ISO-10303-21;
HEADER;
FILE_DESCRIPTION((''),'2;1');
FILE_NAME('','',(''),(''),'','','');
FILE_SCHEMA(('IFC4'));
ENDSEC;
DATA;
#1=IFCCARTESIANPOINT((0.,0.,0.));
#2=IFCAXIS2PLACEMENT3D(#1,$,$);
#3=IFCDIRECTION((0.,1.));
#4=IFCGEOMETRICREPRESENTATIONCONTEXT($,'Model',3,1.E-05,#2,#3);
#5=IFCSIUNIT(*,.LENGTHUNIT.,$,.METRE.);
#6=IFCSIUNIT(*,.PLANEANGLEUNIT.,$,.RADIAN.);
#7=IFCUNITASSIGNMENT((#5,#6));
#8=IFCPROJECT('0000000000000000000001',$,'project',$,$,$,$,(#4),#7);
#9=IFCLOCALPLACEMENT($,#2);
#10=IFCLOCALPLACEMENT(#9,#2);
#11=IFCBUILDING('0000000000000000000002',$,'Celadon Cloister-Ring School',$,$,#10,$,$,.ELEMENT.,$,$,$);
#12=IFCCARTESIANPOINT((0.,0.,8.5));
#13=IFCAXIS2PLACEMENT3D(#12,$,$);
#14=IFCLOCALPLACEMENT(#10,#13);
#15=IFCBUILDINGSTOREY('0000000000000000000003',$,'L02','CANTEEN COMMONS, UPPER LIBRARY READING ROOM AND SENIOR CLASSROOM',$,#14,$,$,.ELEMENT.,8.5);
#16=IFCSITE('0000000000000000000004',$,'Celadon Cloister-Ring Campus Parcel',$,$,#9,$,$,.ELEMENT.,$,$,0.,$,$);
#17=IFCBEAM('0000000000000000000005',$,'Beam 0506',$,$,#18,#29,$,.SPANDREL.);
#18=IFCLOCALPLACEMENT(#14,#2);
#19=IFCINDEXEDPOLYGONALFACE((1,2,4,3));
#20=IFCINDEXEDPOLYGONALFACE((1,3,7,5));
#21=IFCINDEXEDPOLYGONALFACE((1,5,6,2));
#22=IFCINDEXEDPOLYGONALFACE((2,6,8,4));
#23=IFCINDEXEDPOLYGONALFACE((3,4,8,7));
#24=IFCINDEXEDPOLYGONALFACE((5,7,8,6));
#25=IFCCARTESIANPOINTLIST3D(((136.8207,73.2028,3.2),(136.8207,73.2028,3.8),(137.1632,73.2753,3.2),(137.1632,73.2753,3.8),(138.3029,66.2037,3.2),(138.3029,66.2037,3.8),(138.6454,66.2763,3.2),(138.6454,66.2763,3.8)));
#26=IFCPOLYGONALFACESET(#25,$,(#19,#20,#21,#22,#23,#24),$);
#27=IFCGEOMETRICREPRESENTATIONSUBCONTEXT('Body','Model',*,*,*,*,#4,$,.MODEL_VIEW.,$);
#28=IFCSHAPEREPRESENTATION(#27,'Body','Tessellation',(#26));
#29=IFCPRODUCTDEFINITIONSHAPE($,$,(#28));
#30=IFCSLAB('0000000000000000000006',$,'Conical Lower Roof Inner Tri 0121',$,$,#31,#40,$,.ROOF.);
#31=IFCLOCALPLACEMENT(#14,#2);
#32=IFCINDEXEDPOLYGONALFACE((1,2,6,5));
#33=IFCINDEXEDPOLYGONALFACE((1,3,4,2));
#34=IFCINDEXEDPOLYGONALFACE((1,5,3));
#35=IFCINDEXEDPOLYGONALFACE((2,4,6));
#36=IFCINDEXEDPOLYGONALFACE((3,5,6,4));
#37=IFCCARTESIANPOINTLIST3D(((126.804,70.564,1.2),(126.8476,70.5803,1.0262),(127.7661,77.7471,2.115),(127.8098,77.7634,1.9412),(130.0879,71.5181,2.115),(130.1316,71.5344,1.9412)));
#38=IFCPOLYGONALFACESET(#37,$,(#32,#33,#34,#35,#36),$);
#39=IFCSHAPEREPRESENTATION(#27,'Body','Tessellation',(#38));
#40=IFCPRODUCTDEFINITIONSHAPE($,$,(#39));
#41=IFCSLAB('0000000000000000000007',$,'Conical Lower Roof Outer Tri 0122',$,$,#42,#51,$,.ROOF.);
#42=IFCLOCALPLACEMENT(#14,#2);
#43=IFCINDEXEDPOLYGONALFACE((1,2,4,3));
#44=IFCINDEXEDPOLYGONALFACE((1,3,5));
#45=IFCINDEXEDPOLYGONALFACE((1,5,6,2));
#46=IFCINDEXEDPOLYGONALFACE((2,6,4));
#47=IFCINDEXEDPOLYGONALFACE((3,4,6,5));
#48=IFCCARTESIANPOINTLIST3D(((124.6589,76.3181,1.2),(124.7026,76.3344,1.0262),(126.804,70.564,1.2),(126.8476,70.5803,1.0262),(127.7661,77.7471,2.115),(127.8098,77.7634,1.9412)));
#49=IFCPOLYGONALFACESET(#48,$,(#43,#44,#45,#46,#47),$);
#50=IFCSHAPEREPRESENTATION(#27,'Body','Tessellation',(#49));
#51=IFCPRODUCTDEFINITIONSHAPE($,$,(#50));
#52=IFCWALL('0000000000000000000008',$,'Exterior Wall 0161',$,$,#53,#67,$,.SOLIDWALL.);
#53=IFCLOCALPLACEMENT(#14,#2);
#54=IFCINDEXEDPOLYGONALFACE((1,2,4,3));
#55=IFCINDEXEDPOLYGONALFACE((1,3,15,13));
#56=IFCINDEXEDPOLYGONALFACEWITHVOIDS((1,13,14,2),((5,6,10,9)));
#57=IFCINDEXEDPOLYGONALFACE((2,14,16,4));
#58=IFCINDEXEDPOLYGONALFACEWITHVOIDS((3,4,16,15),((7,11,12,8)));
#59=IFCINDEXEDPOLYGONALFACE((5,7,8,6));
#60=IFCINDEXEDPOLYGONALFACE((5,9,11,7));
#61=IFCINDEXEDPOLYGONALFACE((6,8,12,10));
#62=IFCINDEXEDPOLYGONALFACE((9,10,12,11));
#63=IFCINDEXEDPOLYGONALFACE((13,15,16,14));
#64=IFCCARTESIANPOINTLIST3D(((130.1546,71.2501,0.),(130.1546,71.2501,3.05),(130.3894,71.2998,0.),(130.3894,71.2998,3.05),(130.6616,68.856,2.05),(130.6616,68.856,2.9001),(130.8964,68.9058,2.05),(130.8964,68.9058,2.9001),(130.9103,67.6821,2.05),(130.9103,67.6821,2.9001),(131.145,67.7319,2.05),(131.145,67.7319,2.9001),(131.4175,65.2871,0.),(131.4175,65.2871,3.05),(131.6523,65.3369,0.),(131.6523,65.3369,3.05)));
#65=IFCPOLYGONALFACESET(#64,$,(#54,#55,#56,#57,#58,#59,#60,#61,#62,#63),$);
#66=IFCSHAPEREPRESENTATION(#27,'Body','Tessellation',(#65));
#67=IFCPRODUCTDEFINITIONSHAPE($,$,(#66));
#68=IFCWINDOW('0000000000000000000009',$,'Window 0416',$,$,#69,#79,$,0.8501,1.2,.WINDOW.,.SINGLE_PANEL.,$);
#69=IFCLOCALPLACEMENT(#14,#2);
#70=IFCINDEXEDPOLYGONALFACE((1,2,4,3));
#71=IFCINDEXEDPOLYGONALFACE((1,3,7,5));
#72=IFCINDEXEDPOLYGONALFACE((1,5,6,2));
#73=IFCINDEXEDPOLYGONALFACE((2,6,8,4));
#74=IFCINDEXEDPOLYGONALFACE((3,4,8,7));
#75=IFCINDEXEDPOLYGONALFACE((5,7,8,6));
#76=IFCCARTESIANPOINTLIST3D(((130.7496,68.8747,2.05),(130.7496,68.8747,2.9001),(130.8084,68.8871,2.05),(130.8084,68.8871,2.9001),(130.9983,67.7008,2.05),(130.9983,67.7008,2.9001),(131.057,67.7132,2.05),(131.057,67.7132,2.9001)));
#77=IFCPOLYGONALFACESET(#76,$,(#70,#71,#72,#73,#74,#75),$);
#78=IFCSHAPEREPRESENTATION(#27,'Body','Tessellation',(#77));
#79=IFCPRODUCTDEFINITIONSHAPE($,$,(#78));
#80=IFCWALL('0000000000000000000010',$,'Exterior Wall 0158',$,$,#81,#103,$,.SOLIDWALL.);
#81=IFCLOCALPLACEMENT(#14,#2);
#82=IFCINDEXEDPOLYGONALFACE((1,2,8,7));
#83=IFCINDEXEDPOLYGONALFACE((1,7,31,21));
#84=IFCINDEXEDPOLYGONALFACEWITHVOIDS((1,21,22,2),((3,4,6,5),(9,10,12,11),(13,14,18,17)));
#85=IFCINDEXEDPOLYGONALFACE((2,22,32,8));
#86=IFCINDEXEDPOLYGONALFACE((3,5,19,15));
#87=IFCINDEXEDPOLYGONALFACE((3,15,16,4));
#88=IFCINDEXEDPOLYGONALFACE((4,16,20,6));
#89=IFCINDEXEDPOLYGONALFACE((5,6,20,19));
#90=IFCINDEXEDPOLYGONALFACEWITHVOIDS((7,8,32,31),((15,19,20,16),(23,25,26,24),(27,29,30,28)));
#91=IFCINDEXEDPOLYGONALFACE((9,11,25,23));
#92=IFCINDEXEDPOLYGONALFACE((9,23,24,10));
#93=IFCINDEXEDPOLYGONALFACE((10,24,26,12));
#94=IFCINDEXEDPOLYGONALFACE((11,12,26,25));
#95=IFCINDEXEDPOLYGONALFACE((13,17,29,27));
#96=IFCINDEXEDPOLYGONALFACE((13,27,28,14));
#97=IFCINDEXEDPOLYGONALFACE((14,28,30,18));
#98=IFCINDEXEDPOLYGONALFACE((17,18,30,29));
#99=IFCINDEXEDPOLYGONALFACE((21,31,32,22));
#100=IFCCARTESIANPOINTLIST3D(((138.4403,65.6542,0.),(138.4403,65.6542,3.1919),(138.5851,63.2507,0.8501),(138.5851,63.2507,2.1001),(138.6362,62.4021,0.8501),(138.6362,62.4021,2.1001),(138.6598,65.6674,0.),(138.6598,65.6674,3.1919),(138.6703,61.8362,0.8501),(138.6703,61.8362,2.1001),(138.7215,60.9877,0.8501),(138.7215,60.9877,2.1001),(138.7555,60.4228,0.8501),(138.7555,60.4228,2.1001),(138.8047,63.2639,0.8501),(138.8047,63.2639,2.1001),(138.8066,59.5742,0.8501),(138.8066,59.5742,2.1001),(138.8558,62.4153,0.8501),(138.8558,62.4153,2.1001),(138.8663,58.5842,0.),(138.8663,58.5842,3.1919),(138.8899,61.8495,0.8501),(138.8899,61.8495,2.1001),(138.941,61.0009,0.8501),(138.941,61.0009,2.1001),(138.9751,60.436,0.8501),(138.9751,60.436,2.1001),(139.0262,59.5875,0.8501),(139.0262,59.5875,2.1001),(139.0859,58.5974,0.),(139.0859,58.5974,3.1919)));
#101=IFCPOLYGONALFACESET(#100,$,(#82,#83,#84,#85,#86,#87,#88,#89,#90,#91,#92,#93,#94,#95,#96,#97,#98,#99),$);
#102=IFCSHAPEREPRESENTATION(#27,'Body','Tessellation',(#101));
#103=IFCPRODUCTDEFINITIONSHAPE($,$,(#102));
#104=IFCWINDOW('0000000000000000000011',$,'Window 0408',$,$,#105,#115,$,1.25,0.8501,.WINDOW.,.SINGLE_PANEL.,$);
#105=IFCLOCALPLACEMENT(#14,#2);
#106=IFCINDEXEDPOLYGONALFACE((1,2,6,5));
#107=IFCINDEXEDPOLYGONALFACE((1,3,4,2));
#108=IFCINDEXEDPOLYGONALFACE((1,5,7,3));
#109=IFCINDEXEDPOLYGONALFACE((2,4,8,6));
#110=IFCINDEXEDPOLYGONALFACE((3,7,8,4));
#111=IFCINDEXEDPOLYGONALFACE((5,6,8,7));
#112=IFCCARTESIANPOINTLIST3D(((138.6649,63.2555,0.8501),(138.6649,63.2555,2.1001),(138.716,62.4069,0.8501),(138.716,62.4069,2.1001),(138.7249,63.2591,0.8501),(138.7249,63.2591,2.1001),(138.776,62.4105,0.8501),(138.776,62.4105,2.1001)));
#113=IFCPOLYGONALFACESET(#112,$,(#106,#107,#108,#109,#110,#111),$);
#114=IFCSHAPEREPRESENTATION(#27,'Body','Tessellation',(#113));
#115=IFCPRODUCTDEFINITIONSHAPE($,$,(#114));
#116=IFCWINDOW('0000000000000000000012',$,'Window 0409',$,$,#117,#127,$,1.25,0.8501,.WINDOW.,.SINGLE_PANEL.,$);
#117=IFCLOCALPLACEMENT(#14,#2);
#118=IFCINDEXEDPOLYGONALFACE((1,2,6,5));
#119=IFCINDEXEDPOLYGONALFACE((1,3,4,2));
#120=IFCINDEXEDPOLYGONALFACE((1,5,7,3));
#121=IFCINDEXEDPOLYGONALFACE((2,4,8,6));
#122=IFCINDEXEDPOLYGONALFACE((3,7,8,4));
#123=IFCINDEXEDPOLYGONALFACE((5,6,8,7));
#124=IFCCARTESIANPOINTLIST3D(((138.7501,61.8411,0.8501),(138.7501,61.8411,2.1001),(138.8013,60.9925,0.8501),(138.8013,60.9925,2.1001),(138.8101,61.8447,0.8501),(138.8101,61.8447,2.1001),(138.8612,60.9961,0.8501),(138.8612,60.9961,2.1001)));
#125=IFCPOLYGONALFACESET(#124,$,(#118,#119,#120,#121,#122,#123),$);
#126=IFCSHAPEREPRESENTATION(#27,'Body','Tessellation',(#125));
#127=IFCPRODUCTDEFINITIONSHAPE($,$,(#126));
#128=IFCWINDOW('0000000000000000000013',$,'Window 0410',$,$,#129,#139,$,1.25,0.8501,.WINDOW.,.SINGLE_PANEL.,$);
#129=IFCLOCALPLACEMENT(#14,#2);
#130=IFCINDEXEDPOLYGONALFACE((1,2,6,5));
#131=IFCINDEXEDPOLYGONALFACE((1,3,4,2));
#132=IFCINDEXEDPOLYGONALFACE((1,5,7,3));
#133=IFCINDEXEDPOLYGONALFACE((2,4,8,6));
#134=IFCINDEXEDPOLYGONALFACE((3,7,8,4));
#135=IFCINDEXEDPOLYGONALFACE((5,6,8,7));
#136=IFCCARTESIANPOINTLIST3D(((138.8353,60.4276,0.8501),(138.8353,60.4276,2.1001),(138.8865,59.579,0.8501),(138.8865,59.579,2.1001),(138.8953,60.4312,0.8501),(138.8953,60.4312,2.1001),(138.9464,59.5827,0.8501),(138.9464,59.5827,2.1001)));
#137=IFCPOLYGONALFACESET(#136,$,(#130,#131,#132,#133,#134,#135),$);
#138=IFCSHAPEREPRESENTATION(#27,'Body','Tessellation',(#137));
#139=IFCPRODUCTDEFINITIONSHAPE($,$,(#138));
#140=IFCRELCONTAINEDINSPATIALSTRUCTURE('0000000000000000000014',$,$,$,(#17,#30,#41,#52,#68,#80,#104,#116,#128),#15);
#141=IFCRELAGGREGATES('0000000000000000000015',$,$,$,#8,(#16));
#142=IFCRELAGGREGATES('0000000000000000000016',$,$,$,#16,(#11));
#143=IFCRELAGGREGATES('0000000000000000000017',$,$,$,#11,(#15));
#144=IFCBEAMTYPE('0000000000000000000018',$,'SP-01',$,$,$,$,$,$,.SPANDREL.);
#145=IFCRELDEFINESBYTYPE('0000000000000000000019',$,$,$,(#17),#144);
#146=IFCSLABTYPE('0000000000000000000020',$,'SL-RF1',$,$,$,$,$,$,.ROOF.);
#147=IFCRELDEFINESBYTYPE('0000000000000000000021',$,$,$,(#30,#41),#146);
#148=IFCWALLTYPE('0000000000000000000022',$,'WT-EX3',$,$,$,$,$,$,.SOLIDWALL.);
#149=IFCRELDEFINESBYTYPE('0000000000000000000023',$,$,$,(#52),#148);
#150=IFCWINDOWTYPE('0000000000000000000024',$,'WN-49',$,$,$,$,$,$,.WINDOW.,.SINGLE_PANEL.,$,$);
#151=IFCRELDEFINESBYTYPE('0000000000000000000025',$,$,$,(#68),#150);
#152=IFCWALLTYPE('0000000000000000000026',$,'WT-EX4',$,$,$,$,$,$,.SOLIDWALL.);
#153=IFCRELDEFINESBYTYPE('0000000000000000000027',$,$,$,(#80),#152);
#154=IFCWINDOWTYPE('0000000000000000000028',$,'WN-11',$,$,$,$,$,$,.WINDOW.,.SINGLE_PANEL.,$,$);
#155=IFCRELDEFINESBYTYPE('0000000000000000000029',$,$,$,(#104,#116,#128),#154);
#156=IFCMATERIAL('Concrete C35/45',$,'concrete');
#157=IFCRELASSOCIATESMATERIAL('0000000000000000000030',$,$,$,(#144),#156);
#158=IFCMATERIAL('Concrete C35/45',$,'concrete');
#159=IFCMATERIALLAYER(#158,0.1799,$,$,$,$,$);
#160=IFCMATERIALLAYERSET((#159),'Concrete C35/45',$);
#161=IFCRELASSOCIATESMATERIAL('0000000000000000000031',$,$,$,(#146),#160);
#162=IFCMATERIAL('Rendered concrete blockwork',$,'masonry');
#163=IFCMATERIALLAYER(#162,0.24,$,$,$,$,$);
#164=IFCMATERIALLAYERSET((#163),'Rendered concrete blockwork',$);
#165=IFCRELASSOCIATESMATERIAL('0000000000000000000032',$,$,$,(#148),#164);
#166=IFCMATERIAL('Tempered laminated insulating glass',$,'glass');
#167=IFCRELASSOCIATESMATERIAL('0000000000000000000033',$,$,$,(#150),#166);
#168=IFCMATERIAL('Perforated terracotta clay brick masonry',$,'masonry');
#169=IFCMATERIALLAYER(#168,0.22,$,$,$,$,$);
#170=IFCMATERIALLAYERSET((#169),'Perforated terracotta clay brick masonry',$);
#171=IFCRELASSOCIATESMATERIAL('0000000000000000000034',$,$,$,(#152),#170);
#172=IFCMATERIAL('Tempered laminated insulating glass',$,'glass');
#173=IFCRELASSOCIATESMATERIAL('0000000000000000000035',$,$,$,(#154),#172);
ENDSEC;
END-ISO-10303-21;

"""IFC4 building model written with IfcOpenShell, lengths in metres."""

from ifc_helpers import new_model, si_unit, direction, frame, frame_2d, origin, origin_2d, place, context, subcontext, project, spatial, polyline, rectangle, outline, extrude, material, layer, layer_set, material_profile, profile_set, type_object, element, fill, save


model = new_model("IFC4")

# Units and contexts
model_context = context("Model", 3, precision=1e-05, world=origin(), true_north=direction((0.0, 1.0)))
body_context = subcontext(model_context, "Body", "Model", "MODEL_VIEW")
ifc_project = project(units=[si_unit("LENGTHUNIT", "METRE"), si_unit("PLANEANGLEUNIT", "RADIAN")], contexts=[model_context])

# Site, building, storey
site_placement = place(None, origin())
site = spatial("IfcSite", under=ifc_project, at=site_placement, Name="Celadon Cloister-Ring Campus Parcel", CompositionType="ELEMENT", RefElevation=0.0)
building_placement = place(site_placement, origin())
building = spatial("IfcBuilding", under=site, at=building_placement, Name="Celadon Cloister-Ring School", CompositionType="ELEMENT")
storey_placement = place(building_placement, frame((0.0, 0.0, 8.5)))
storey = spatial("IfcBuildingStorey", under=building, at=storey_placement, Name="L02", Description="CANTEEN COMMONS, UPPER LIBRARY READING ROOM AND SENIOR CLASSROOM", CompositionType="ELEMENT", Elevation=8.5)

# Beam
ifc_material_1 = material(Name="Concrete C35/45", Category="concrete")
ifc_material_profile_1 = material_profile(ifc_material_1, rectangle(XDim=0.3501, YDim=0.6001, at=origin_2d()), Name="RC350X600")
ifc_profile_set_1 = profile_set([ifc_material_profile_1], Name="Concrete C35/45")
beam_type_1 = type_object("IfcBeamType", Name="SP-01", PredefinedType="SPANDREL", material=ifc_profile_set_1)
beam_1_placement = place(storey_placement, frame((138.4741, 66.24, 3.5), z_axis=(-0.207175, 0.978304, 0.0), x_axis=(-0.978304, -0.207175, 0.0)))
element("IfcBeam", 1, at=beam_1_placement, inside=storey, type_object=beam_type_1, Name="Beam 0506", PredefinedType="SPANDREL", context=body_context, shape_type="SweptSolid", body=[
    extrude(rectangle(XDim=0.3501, YDim=0.6001, at=origin_2d()), origin(), (0.0, 0.0, 1.0), 7.1543),
])

# Slabs
ifc_material_2 = material(Name="Concrete C35/45", Category="concrete")
ifc_layer_1 = layer(ifc_material_2, 0.1799)
ifc_layer_set_1 = layer_set([ifc_layer_1], Name="Concrete C35/45")
slab_type = type_object("IfcSlabType", Name="SL-RF1", PredefinedType="ROOF", material=ifc_layer_set_1)
slab_1_placement = place(storey_placement, frame((126.804, 70.564, 1.2), z_axis=(-0.242826, -0.09051, 0.965838), x_axis=(0.927657, 0.269518, 0.258483)))
element("IfcSlab", 2, at=slab_1_placement, inside=storey, type_object=slab_type, Name="Conical Lower Roof Inner Tri 0121", PredefinedType="ROOF", context=body_context, shape_type="SweptSolid", body=[
    extrude(outline(polyline([(0.0, 0.0), (3.54, 0.0), (3.065, 6.6307), (0.0, 0.0)])), origin(), (0.0, 0.0, -1.0), 0.1799),
])
slab_2_placement = place(storey_placement, frame((126.804, 70.564, 1.2), z_axis=(-0.242807, -0.090513, 0.965843), x_axis=(0.131716, 0.983341, 0.125266)))
element("IfcSlab", 3, at=slab_2_placement, inside=storey, type_object=slab_type, Name="Conical Lower Roof Outer Tri 0122", PredefinedType="ROOF", context=body_context, shape_type="SweptSolid", body=[
    extrude(outline(polyline([(0.0, 0.0), (7.3048, 0.0), (5.3758, 2.9686), (0.0, 0.0)])), origin(), (0.0, 0.0, -1.0), 0.1799),
])

# Wall, opening, window
ifc_material_3 = material(Name="Rendered concrete blockwork", Category="masonry")
ifc_layer_2 = layer(ifc_material_3, 0.24)
ifc_layer_set_2 = layer_set([ifc_layer_2], Name="Rendered concrete blockwork")
wall_type_1 = type_object("IfcWallType", Name="WT-EX3", PredefinedType="SOLIDWALL", material=ifc_layer_set_2)
wall_1_placement = place(storey_placement, frame((131.5349, 65.312, 0.0), z_axis=(0.0, 0.0, 1.0), x_axis=(-0.207203, 0.978298, 0.0)))
wall_1 = element("IfcWall", 4, at=wall_1_placement, inside=storey, type_object=wall_type_1, Name="Exterior Wall 0161", PredefinedType="SOLIDWALL", context=body_context, shape_type="SweptSolid", body=[
    extrude(rectangle(XDim=6.0952, YDim=0.24, at=frame_2d((3.0476, 0.0))), origin(), (0.0, 0.0, 1.0), 3.05),
])
opening_1_placement = place(wall_1_placement, frame((2.448, 0.0, 2.05)))
opening_1 = element("IfcOpeningElement", 5, at=opening_1_placement, cuts=wall_1, PredefinedType="OPENING", context=body_context, shape_type="SweptSolid", body=[
    extrude(rectangle(XDim=1.2, YDim=0.8501, at=frame_2d((0.6001, 0.425))), frame((0.0, 0.1299, 0.0), z_axis=(0.0, -1.0, 0.0), x_axis=(1.0, 0.0, 0.0)), (0.0, 0.0, 1.0), 0.26),
])
ifc_material_4 = material(Name="Tempered laminated insulating glass", Category="glass")
window_type_1 = type_object("IfcWindowType", Name="WN-49", PartitioningType="SINGLE_PANEL", PredefinedType="WINDOW", material=ifc_material_4)
window_1_placement = place(opening_1_placement, origin())
window_1 = element("IfcWindow", 6, at=window_1_placement, inside=storey, type_object=window_type_1, Name="Window 0416", OverallHeight=0.8501, OverallWidth=1.2, PartitioningType="SINGLE_PANEL", PredefinedType="WINDOW", context=body_context, shape_type="SweptSolid", body=[
    extrude(rectangle(XDim=1.2, YDim=0.8501, at=frame_2d((0.6001, 0.425))), frame((0.0, 0.03, 0.0), z_axis=(0.0, -1.0, 0.0), x_axis=(1.0, 0.0, 0.0)), (0.0, 0.0, 1.0), 0.0601),
])
fill(opening_1, window_1)

# Wall, openings, windows
ifc_material_5 = material(Name="Perforated terracotta clay brick masonry", Category="masonry")
ifc_layer_3 = layer(ifc_material_5, 0.22)
ifc_layer_set_3 = layer_set([ifc_layer_3], Name="Perforated terracotta clay brick masonry")
wall_type_2 = type_object("IfcWallType", Name="WT-EX4", PredefinedType="SOLIDWALL", material=ifc_layer_set_3)
wall_2_placement = place(storey_placement, frame((138.55, 65.6609, 0.0), z_axis=(0.0, 0.0, 1.0), x_axis=(0.060151, -0.998189, 0.0)))
wall_2 = element("IfcWall", 7, at=wall_2_placement, inside=storey, type_object=wall_type_2, Name="Exterior Wall 0158", PredefinedType="SOLIDWALL", context=body_context, shape_type="SweptSolid", body=[
    extrude(rectangle(XDim=7.0828, YDim=0.22, at=frame_2d((3.5415, 0.0))), origin(), (0.0, 0.0, 1.0), 3.1919),
])
opening_2_placement = place(wall_2_placement, frame((2.408, 0.0, 0.8501)))
opening_2 = element("IfcOpeningElement", 8, at=opening_2_placement, cuts=wall_2, PredefinedType="OPENING", context=body_context, shape_type="SweptSolid", body=[
    extrude(rectangle(XDim=0.8501, YDim=1.25, at=frame_2d((0.425, 0.625))), frame((0.0, 0.1201, 0.0), z_axis=(0.0, -1.0, 0.0), x_axis=(1.0, 0.0, 0.0)), (0.0, 0.0, 1.0), 0.24),
])
opening_3_placement = place(wall_2_placement, frame((3.825, 0.0, 0.8501)))
opening_3 = element("IfcOpeningElement", 9, at=opening_3_placement, cuts=wall_2, PredefinedType="OPENING", context=body_context, shape_type="SweptSolid", body=[
    extrude(rectangle(XDim=0.8501, YDim=1.25, at=frame_2d((0.425, 0.625))), frame((0.0, 0.1201, 0.0), z_axis=(0.0, -1.0, 0.0), x_axis=(1.0, 0.0, 0.0)), (0.0, 0.0, 1.0), 0.24),
])
opening_4_placement = place(wall_2_placement, frame((5.241, 0.0, 0.8501)))
opening_4 = element("IfcOpeningElement", 10, at=opening_4_placement, cuts=wall_2, PredefinedType="OPENING", context=body_context, shape_type="SweptSolid", body=[
    extrude(rectangle(XDim=0.8501, YDim=1.25, at=frame_2d((0.425, 0.625))), frame((0.0, 0.1201, 0.0), z_axis=(0.0, -1.0, 0.0), x_axis=(1.0, 0.0, 0.0)), (0.0, 0.0, 1.0), 0.24),
])
ifc_material_6 = material(Name="Tempered laminated insulating glass", Category="glass")
window_type_2 = type_object("IfcWindowType", Name="WN-11", PartitioningType="SINGLE_PANEL", PredefinedType="WINDOW", material=ifc_material_6)
window_2_placement = place(opening_2_placement, origin())
window_2 = element("IfcWindow", 11, at=window_2_placement, inside=storey, type_object=window_type_2, Name="Window 0408", OverallHeight=1.25, OverallWidth=0.8501, PartitioningType="SINGLE_PANEL", PredefinedType="WINDOW", context=body_context, shape_type="SweptSolid", body=[
    extrude(rectangle(XDim=0.8501, YDim=1.25, at=frame_2d((0.425, 0.625))), frame((0.0, 0.03, 0.0), z_axis=(0.0, -1.0, 0.0), x_axis=(1.0, 0.0, 0.0)), (0.0, 0.0, 1.0), 0.0601),
])
fill(opening_2, window_2)
window_3_placement = place(opening_3_placement, origin())
window_3 = element("IfcWindow", 12, at=window_3_placement, inside=storey, type_object=window_type_2, Name="Window 0409", OverallHeight=1.25, OverallWidth=0.8501, PartitioningType="SINGLE_PANEL", PredefinedType="WINDOW", context=body_context, shape_type="SweptSolid", body=[
    extrude(rectangle(XDim=0.8501, YDim=1.25, at=frame_2d((0.425, 0.625))), frame((0.0, 0.03, 0.0), z_axis=(0.0, -1.0, 0.0), x_axis=(1.0, 0.0, 0.0)), (0.0, 0.0, 1.0), 0.0601),
])
fill(opening_3, window_3)
window_4_placement = place(opening_4_placement, origin())
window_4 = element("IfcWindow", 13, at=window_4_placement, inside=storey, type_object=window_type_2, Name="Window 0410", OverallHeight=1.25, OverallWidth=0.8501, PartitioningType="SINGLE_PANEL", PredefinedType="WINDOW", context=body_context, shape_type="SweptSolid", body=[
    extrude(rectangle(XDim=0.8501, YDim=1.25, at=frame_2d((0.425, 0.625))), frame((0.0, 0.03, 0.0), z_axis=(0.0, -1.0, 0.0), x_axis=(1.0, 0.0, 0.0)), (0.0, 0.0, 1.0), 0.0601),
])
fill(opening_4, window_4)

save(model, "model.ifc")
